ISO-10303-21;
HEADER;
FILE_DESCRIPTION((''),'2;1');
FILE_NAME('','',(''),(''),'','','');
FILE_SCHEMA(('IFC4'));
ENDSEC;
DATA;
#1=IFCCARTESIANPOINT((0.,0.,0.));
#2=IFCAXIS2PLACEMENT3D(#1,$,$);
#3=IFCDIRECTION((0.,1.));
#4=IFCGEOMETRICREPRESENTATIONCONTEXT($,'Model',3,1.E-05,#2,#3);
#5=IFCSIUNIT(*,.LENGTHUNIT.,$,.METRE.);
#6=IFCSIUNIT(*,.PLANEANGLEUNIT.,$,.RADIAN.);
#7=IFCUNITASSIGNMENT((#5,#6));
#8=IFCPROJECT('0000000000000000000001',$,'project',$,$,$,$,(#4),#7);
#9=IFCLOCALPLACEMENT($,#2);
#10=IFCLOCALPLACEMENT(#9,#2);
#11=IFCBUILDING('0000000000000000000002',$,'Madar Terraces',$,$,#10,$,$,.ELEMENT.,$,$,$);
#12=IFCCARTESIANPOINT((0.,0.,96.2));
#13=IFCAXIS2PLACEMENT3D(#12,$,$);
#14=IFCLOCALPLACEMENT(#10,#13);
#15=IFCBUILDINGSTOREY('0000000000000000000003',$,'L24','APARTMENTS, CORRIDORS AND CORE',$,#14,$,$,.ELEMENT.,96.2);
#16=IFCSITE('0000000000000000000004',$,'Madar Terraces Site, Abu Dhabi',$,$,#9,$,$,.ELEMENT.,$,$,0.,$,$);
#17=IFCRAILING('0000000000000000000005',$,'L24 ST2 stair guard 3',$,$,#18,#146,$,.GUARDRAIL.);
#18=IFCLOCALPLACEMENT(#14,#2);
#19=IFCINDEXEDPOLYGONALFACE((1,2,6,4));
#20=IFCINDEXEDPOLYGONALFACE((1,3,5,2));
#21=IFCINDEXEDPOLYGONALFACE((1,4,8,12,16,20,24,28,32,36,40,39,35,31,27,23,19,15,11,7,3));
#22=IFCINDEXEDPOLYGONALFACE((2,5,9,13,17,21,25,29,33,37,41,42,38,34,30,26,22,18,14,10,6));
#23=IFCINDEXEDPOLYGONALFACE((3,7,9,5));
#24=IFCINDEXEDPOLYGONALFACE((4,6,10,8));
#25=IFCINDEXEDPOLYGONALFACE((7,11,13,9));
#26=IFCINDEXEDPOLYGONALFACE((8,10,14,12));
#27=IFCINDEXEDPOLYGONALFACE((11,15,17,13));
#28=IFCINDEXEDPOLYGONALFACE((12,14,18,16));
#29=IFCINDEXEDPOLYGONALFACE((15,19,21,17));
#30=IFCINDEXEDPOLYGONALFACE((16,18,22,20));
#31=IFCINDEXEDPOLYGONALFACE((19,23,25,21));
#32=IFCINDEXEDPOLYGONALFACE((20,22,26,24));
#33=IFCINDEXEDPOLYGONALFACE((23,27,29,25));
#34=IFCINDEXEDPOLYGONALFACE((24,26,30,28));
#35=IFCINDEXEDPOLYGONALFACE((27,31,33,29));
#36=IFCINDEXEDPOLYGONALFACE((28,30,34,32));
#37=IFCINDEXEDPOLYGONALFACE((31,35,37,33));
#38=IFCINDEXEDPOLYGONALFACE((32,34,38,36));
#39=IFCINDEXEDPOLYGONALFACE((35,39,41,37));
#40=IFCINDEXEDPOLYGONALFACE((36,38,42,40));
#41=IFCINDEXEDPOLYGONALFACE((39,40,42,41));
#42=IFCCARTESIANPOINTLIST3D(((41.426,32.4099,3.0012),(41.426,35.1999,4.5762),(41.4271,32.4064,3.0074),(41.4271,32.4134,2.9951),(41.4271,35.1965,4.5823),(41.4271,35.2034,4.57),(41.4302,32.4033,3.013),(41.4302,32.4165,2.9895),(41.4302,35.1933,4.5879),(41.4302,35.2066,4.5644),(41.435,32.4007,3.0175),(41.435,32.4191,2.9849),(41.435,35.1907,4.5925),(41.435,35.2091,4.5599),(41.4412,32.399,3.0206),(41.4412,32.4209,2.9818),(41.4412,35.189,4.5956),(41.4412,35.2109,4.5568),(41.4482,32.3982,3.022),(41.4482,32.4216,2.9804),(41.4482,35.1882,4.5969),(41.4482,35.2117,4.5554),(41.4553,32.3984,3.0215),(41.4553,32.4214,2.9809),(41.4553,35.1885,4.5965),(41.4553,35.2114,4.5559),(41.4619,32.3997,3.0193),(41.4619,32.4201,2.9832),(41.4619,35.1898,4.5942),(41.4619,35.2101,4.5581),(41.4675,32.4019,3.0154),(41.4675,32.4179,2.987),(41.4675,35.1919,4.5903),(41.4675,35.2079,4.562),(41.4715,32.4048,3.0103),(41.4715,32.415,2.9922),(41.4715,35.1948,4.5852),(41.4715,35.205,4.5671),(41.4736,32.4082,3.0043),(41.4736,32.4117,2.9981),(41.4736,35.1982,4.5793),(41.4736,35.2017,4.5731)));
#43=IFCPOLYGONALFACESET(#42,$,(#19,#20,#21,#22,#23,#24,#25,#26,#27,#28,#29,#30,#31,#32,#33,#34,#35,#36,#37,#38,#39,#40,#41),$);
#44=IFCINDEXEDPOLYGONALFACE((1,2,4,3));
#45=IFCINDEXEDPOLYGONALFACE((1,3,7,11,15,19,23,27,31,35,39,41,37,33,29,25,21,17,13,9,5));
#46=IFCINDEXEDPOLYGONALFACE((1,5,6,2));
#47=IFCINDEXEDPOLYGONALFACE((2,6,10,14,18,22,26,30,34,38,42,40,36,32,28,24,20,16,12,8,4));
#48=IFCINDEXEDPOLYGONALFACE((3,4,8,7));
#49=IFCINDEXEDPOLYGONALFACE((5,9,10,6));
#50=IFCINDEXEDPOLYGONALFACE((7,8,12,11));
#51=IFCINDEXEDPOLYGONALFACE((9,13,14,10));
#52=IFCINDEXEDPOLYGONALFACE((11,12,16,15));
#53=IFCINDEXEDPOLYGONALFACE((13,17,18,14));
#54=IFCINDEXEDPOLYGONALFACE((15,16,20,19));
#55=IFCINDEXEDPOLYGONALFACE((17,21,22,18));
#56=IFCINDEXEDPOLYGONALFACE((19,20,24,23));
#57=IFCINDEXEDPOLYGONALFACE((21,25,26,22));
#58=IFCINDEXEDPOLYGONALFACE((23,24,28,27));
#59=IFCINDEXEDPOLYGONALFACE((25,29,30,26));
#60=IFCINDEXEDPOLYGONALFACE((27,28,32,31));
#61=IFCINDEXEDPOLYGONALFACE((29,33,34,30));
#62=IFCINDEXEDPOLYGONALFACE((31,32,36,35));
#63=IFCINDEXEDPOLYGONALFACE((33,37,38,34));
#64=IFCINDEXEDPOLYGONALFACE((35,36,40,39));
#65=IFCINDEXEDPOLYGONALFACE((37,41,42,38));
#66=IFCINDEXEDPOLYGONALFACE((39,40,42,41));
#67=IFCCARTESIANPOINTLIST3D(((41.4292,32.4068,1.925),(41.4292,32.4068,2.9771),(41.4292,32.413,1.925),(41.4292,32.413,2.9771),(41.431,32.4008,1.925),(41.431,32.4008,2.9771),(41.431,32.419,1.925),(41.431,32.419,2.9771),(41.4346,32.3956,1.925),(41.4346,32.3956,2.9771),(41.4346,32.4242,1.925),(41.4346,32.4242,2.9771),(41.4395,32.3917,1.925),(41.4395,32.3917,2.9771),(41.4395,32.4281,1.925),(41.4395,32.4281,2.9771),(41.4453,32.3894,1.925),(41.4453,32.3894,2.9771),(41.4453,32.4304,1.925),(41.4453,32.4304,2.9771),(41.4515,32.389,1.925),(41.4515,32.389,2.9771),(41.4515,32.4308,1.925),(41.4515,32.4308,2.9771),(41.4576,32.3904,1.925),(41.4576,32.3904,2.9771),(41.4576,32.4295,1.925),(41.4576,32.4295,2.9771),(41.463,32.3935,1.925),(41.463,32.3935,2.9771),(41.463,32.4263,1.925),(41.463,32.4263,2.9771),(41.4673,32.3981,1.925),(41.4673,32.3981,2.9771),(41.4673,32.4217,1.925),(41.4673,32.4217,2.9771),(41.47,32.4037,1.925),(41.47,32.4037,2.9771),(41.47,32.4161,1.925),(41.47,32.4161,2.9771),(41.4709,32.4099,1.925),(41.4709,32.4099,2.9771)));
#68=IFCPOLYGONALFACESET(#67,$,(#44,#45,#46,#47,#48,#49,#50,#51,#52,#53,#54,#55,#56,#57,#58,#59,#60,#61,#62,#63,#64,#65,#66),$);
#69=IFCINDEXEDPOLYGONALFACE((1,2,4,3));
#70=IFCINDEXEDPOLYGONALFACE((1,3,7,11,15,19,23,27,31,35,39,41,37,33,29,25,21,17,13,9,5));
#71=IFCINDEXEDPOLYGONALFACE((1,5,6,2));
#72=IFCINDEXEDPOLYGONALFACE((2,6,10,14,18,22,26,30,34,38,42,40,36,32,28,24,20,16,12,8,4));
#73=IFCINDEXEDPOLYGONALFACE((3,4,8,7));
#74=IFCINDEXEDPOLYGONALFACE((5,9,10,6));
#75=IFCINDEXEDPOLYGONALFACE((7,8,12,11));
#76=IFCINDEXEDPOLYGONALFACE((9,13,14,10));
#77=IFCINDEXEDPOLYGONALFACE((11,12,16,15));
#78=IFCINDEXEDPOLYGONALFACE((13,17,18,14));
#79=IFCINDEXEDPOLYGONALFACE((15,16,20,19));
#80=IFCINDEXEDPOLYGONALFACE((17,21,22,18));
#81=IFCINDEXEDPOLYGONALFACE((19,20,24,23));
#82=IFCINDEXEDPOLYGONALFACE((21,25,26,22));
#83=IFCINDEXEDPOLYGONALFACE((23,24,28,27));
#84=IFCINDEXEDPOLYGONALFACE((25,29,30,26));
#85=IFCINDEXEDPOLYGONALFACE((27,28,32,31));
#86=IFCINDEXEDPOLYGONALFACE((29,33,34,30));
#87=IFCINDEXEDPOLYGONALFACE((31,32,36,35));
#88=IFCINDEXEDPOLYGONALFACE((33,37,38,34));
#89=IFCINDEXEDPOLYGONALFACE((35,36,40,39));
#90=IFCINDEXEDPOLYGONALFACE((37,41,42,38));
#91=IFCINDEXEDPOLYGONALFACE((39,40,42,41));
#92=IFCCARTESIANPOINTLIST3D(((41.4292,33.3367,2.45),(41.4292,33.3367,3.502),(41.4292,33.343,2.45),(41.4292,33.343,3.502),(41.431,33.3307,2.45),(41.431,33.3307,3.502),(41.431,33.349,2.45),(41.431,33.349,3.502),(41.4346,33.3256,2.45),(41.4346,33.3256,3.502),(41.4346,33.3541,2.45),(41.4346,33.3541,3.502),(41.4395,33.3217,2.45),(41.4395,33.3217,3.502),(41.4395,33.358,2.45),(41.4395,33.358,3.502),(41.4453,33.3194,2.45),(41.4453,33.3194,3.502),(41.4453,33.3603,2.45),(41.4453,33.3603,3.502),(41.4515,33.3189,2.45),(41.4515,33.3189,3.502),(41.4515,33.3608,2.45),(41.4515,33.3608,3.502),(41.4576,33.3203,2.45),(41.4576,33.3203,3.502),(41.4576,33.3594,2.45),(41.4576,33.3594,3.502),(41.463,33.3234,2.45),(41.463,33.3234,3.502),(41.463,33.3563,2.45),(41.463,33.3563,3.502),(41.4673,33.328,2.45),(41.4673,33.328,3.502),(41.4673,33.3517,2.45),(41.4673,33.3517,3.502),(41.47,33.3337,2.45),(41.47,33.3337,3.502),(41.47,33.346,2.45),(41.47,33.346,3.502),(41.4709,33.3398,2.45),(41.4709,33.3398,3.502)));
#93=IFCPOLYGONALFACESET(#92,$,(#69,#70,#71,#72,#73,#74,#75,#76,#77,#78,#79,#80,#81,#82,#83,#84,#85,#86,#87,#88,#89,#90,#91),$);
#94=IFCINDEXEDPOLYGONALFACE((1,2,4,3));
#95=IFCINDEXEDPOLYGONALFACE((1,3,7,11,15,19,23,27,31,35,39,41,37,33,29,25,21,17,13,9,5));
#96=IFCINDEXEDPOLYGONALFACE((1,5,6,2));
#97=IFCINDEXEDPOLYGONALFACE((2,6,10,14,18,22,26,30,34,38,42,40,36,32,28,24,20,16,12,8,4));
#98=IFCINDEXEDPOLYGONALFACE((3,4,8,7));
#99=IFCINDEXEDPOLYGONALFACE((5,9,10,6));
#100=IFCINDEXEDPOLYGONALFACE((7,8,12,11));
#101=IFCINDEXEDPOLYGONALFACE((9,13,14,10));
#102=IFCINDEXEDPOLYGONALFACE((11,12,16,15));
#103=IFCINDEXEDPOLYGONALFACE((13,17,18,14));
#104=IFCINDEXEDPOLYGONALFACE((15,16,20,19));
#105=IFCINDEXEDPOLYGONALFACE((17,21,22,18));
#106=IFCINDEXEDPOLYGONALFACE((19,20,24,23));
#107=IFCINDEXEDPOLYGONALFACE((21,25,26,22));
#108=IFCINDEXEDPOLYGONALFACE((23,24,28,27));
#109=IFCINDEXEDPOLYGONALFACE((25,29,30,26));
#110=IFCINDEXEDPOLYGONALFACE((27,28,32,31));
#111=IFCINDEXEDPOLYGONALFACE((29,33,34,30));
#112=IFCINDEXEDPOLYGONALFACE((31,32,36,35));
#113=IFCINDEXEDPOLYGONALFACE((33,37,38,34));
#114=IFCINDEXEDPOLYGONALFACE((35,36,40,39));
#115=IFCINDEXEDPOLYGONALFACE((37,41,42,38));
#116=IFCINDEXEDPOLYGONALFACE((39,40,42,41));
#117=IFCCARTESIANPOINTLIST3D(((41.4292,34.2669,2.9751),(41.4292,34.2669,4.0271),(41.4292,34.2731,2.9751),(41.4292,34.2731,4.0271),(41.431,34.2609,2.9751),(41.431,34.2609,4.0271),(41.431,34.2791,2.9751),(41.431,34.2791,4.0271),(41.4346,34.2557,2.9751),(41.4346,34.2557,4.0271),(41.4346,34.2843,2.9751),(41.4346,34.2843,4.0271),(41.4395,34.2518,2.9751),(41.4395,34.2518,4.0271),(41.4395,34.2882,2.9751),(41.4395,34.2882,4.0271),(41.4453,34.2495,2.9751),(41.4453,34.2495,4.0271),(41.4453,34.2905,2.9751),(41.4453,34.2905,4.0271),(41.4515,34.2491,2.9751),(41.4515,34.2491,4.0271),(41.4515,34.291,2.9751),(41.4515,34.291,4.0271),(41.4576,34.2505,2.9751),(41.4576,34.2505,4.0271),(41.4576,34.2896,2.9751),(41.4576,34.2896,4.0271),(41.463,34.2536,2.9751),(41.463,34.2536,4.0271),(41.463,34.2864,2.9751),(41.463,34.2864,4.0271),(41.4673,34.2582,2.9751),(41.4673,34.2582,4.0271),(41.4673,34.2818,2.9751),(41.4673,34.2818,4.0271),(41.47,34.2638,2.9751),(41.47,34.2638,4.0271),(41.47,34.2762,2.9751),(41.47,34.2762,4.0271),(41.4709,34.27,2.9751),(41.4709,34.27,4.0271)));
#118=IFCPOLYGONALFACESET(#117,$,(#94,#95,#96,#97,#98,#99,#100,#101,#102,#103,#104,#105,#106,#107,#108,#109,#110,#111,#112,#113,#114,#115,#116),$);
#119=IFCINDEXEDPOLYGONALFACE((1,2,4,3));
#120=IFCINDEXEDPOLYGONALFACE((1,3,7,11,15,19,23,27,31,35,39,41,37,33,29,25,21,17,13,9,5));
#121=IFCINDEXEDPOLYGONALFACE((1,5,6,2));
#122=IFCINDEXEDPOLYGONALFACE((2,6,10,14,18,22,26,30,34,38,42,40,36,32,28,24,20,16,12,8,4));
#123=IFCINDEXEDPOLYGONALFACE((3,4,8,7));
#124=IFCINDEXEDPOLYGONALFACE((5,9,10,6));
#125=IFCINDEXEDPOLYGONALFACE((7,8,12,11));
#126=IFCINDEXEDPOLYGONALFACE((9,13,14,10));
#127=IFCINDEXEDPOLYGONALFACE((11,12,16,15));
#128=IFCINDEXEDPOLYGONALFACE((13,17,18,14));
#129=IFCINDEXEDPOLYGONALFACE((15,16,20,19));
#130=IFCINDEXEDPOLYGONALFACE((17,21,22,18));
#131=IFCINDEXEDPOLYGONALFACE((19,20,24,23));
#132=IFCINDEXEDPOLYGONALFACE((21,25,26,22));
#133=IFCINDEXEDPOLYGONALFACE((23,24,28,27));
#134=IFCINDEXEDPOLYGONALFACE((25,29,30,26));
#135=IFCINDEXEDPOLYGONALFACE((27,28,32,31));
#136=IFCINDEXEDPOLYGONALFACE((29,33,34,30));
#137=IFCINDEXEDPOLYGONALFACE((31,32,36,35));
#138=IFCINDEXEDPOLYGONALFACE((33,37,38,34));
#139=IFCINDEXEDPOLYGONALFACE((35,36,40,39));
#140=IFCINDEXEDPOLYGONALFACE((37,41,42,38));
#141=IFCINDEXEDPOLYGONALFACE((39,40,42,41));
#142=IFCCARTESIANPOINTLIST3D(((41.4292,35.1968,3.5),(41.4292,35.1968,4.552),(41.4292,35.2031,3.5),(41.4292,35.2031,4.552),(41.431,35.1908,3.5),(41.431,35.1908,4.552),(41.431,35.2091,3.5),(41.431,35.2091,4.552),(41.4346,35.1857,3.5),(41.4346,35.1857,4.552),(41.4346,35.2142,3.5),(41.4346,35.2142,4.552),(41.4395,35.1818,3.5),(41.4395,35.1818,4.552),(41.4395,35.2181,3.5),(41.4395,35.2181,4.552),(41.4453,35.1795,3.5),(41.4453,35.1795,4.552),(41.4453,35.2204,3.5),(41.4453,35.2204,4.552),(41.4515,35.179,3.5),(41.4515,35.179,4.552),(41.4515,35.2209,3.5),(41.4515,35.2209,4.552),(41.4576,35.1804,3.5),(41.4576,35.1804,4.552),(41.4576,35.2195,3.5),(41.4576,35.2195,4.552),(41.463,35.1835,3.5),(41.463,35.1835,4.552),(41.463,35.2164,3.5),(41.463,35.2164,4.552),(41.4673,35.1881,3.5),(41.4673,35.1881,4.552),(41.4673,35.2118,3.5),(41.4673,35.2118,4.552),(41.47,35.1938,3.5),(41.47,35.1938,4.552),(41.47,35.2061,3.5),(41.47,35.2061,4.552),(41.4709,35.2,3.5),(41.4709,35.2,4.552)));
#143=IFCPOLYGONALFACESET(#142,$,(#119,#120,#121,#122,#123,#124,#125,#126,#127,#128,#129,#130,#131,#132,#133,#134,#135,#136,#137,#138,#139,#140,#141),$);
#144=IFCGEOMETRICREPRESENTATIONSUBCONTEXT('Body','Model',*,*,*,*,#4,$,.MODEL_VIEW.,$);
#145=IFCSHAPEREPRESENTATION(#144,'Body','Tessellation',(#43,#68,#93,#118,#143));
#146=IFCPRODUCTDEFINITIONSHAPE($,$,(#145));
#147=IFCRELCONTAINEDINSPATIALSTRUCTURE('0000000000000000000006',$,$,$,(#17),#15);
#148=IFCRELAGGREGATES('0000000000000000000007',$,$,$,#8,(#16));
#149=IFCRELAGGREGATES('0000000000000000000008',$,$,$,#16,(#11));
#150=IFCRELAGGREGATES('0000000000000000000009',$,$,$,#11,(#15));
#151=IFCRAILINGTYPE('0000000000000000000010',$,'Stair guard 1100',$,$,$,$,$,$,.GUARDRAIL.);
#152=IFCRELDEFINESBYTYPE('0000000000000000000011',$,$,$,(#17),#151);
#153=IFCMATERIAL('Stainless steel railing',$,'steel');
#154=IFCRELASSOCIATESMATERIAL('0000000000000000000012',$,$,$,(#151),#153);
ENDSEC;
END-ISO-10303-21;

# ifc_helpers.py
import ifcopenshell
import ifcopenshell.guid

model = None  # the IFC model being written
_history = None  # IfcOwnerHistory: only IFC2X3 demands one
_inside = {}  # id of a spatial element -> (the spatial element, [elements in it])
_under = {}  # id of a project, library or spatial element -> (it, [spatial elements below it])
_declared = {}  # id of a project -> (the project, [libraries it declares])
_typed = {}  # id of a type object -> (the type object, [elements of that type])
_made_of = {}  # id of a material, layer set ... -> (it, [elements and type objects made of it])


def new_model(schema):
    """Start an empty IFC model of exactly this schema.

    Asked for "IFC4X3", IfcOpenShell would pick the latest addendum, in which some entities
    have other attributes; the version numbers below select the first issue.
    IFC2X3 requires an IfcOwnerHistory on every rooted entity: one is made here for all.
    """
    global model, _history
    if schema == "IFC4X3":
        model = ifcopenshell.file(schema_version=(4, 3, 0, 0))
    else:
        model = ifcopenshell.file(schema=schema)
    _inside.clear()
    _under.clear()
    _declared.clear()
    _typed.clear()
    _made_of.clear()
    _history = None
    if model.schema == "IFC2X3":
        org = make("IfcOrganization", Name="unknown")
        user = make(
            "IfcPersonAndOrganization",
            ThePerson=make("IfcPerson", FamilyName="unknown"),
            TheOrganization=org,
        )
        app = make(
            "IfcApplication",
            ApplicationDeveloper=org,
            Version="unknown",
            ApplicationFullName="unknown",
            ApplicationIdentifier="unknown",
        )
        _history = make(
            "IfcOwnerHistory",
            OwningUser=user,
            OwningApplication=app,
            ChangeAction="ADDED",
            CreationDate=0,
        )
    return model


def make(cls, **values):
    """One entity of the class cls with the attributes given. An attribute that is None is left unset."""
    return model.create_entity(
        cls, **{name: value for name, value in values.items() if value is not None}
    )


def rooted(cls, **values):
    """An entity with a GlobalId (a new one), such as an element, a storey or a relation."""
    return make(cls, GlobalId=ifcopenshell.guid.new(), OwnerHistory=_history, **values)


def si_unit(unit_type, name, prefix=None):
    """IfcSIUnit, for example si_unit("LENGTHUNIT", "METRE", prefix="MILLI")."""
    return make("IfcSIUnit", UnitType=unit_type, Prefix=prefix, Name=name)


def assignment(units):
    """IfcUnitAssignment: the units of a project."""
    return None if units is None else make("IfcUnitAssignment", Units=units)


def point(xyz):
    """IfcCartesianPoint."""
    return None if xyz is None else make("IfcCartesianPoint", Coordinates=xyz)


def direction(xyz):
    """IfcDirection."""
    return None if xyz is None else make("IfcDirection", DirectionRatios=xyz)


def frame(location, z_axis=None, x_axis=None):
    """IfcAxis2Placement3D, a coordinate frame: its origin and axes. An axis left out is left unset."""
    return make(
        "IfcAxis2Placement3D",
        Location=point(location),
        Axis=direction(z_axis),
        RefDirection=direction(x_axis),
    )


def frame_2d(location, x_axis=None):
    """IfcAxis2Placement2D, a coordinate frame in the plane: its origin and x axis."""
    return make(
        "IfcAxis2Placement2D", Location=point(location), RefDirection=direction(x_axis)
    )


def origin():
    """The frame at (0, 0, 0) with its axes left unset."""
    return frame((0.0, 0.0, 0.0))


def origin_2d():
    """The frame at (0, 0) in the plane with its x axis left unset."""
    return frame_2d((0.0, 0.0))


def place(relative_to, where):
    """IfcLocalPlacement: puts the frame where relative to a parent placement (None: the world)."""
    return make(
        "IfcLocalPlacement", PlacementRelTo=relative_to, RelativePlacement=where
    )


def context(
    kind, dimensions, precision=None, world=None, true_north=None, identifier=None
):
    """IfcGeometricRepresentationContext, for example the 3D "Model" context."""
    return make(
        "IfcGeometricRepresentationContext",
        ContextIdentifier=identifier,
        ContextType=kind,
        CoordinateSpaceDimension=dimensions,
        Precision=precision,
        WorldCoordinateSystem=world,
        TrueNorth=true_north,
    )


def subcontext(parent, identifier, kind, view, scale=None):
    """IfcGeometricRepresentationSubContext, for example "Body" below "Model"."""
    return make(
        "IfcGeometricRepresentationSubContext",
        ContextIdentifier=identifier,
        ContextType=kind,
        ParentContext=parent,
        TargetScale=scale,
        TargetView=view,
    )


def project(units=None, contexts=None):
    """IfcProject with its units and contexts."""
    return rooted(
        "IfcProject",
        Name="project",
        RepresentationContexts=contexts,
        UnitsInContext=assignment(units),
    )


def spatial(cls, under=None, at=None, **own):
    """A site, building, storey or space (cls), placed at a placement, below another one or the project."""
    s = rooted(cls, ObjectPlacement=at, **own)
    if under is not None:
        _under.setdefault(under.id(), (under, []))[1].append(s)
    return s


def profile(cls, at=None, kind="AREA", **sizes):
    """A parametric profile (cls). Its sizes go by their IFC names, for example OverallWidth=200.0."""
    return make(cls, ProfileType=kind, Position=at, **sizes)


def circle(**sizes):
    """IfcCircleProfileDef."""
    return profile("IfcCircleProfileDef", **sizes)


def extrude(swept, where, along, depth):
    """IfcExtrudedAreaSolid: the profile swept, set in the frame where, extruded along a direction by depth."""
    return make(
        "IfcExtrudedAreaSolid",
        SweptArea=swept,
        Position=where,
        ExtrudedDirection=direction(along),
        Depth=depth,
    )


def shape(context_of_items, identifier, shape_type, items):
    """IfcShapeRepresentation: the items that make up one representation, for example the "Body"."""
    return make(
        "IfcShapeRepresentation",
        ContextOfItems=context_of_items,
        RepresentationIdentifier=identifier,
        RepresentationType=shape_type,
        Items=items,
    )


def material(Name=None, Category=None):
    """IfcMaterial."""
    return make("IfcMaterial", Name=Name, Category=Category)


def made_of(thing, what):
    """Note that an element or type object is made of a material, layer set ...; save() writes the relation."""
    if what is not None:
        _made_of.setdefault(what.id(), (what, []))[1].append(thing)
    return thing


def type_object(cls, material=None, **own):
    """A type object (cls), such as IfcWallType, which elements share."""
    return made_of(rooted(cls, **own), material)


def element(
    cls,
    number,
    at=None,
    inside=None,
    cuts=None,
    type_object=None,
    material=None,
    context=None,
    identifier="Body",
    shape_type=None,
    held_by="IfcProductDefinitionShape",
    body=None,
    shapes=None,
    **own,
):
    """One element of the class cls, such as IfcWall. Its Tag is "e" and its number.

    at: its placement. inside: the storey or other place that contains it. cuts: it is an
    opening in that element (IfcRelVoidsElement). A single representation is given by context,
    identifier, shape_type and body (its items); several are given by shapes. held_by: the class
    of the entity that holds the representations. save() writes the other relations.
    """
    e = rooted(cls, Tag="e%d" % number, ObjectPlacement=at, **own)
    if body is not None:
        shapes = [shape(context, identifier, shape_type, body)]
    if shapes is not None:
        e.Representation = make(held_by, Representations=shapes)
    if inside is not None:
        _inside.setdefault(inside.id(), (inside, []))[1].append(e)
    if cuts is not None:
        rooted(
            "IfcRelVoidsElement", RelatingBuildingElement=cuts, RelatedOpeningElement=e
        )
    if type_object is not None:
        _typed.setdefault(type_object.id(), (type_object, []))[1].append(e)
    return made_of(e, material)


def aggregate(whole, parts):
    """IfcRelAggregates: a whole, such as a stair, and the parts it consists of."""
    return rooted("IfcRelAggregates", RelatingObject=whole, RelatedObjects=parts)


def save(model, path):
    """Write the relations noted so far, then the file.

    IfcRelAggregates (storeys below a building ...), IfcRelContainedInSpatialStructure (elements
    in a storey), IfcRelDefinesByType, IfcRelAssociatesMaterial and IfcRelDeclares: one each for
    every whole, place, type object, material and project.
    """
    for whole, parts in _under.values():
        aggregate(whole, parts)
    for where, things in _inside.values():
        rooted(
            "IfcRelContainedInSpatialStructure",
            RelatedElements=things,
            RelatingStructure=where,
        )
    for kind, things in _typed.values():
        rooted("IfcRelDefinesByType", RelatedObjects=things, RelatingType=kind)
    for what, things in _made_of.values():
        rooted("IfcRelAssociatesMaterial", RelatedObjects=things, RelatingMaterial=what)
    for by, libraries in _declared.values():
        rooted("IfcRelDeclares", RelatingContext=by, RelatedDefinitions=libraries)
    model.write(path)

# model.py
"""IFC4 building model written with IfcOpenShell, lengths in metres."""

from ifc_helpers import new_model, si_unit, direction, frame, origin, origin_2d, place, context, subcontext, project, spatial, circle, extrude, material, type_object, element, save


model = new_model("IFC4")

# Units and contexts
model_context = context("Model", 3, precision=1e-05, world=origin(), true_north=direction((0.0, 1.0)))
body_context = subcontext(model_context, "Body", "Model", "MODEL_VIEW")
ifc_project = project(units=[si_unit("LENGTHUNIT", "METRE"), si_unit("PLANEANGLEUNIT", "RADIAN")], contexts=[model_context])

# Site, building, storey
site_placement = place(None, origin())
site = spatial("IfcSite", under=ifc_project, at=site_placement, Name="Madar Terraces Site, Abu Dhabi", CompositionType="ELEMENT", RefElevation=0.0)
building_placement = place(site_placement, origin())
building = spatial("IfcBuilding", under=site, at=building_placement, Name="Madar Terraces", CompositionType="ELEMENT")
storey_placement = place(building_placement, frame((0.0, 0.0, 96.2)))
storey = spatial("IfcBuildingStorey", under=building, at=storey_placement, Name="L24", Description="APARTMENTS, CORRIDORS AND CORE", CompositionType="ELEMENT", Elevation=96.2)

# Railing
ifc_material_1 = material(Name="Stainless steel railing", Category="steel")
railing_type_1 = type_object("IfcRailingType", Name="Stair guard 1100", PredefinedType="GUARDRAIL", material=ifc_material_1)
railing_1_placement = place(storey_placement, frame((41.45, 32.4099, 1.925)))
element("IfcRailing", 1, at=railing_1_placement, inside=storey, type_object=railing_type_1, Name="L24 ST2 stair guard 3", PredefinedType="GUARDRAIL", context=body_context, shape_type="SweptSolid", body=[
    extrude(circle(Radius=0.0239, at=origin_2d()), frame((0.0, 0.0, 1.0762), z_axis=(0.0, 0.870834, 0.491578), x_axis=(-1.0, 0.0, 0.0)), (0.0, 0.0, 1.0), 3.2039),
    extrude(circle(Radius=0.021, at=origin_2d()), origin(), (0.0, 0.0, 1.0), 1.052),
    extrude(circle(Radius=0.021, at=origin_2d()), frame((0.0, 0.9299, 0.5249)), (0.0, 0.0, 1.0), 1.052),
    extrude(circle(Radius=0.021, at=origin_2d()), frame((0.0, 1.8601, 1.05)), (0.0, 0.0, 1.0), 1.052),
    extrude(circle(Radius=0.021, at=origin_2d()), frame((0.0, 2.79, 1.575)), (0.0, 0.0, 1.0), 1.052),
])

save(model, "model.ifc")
